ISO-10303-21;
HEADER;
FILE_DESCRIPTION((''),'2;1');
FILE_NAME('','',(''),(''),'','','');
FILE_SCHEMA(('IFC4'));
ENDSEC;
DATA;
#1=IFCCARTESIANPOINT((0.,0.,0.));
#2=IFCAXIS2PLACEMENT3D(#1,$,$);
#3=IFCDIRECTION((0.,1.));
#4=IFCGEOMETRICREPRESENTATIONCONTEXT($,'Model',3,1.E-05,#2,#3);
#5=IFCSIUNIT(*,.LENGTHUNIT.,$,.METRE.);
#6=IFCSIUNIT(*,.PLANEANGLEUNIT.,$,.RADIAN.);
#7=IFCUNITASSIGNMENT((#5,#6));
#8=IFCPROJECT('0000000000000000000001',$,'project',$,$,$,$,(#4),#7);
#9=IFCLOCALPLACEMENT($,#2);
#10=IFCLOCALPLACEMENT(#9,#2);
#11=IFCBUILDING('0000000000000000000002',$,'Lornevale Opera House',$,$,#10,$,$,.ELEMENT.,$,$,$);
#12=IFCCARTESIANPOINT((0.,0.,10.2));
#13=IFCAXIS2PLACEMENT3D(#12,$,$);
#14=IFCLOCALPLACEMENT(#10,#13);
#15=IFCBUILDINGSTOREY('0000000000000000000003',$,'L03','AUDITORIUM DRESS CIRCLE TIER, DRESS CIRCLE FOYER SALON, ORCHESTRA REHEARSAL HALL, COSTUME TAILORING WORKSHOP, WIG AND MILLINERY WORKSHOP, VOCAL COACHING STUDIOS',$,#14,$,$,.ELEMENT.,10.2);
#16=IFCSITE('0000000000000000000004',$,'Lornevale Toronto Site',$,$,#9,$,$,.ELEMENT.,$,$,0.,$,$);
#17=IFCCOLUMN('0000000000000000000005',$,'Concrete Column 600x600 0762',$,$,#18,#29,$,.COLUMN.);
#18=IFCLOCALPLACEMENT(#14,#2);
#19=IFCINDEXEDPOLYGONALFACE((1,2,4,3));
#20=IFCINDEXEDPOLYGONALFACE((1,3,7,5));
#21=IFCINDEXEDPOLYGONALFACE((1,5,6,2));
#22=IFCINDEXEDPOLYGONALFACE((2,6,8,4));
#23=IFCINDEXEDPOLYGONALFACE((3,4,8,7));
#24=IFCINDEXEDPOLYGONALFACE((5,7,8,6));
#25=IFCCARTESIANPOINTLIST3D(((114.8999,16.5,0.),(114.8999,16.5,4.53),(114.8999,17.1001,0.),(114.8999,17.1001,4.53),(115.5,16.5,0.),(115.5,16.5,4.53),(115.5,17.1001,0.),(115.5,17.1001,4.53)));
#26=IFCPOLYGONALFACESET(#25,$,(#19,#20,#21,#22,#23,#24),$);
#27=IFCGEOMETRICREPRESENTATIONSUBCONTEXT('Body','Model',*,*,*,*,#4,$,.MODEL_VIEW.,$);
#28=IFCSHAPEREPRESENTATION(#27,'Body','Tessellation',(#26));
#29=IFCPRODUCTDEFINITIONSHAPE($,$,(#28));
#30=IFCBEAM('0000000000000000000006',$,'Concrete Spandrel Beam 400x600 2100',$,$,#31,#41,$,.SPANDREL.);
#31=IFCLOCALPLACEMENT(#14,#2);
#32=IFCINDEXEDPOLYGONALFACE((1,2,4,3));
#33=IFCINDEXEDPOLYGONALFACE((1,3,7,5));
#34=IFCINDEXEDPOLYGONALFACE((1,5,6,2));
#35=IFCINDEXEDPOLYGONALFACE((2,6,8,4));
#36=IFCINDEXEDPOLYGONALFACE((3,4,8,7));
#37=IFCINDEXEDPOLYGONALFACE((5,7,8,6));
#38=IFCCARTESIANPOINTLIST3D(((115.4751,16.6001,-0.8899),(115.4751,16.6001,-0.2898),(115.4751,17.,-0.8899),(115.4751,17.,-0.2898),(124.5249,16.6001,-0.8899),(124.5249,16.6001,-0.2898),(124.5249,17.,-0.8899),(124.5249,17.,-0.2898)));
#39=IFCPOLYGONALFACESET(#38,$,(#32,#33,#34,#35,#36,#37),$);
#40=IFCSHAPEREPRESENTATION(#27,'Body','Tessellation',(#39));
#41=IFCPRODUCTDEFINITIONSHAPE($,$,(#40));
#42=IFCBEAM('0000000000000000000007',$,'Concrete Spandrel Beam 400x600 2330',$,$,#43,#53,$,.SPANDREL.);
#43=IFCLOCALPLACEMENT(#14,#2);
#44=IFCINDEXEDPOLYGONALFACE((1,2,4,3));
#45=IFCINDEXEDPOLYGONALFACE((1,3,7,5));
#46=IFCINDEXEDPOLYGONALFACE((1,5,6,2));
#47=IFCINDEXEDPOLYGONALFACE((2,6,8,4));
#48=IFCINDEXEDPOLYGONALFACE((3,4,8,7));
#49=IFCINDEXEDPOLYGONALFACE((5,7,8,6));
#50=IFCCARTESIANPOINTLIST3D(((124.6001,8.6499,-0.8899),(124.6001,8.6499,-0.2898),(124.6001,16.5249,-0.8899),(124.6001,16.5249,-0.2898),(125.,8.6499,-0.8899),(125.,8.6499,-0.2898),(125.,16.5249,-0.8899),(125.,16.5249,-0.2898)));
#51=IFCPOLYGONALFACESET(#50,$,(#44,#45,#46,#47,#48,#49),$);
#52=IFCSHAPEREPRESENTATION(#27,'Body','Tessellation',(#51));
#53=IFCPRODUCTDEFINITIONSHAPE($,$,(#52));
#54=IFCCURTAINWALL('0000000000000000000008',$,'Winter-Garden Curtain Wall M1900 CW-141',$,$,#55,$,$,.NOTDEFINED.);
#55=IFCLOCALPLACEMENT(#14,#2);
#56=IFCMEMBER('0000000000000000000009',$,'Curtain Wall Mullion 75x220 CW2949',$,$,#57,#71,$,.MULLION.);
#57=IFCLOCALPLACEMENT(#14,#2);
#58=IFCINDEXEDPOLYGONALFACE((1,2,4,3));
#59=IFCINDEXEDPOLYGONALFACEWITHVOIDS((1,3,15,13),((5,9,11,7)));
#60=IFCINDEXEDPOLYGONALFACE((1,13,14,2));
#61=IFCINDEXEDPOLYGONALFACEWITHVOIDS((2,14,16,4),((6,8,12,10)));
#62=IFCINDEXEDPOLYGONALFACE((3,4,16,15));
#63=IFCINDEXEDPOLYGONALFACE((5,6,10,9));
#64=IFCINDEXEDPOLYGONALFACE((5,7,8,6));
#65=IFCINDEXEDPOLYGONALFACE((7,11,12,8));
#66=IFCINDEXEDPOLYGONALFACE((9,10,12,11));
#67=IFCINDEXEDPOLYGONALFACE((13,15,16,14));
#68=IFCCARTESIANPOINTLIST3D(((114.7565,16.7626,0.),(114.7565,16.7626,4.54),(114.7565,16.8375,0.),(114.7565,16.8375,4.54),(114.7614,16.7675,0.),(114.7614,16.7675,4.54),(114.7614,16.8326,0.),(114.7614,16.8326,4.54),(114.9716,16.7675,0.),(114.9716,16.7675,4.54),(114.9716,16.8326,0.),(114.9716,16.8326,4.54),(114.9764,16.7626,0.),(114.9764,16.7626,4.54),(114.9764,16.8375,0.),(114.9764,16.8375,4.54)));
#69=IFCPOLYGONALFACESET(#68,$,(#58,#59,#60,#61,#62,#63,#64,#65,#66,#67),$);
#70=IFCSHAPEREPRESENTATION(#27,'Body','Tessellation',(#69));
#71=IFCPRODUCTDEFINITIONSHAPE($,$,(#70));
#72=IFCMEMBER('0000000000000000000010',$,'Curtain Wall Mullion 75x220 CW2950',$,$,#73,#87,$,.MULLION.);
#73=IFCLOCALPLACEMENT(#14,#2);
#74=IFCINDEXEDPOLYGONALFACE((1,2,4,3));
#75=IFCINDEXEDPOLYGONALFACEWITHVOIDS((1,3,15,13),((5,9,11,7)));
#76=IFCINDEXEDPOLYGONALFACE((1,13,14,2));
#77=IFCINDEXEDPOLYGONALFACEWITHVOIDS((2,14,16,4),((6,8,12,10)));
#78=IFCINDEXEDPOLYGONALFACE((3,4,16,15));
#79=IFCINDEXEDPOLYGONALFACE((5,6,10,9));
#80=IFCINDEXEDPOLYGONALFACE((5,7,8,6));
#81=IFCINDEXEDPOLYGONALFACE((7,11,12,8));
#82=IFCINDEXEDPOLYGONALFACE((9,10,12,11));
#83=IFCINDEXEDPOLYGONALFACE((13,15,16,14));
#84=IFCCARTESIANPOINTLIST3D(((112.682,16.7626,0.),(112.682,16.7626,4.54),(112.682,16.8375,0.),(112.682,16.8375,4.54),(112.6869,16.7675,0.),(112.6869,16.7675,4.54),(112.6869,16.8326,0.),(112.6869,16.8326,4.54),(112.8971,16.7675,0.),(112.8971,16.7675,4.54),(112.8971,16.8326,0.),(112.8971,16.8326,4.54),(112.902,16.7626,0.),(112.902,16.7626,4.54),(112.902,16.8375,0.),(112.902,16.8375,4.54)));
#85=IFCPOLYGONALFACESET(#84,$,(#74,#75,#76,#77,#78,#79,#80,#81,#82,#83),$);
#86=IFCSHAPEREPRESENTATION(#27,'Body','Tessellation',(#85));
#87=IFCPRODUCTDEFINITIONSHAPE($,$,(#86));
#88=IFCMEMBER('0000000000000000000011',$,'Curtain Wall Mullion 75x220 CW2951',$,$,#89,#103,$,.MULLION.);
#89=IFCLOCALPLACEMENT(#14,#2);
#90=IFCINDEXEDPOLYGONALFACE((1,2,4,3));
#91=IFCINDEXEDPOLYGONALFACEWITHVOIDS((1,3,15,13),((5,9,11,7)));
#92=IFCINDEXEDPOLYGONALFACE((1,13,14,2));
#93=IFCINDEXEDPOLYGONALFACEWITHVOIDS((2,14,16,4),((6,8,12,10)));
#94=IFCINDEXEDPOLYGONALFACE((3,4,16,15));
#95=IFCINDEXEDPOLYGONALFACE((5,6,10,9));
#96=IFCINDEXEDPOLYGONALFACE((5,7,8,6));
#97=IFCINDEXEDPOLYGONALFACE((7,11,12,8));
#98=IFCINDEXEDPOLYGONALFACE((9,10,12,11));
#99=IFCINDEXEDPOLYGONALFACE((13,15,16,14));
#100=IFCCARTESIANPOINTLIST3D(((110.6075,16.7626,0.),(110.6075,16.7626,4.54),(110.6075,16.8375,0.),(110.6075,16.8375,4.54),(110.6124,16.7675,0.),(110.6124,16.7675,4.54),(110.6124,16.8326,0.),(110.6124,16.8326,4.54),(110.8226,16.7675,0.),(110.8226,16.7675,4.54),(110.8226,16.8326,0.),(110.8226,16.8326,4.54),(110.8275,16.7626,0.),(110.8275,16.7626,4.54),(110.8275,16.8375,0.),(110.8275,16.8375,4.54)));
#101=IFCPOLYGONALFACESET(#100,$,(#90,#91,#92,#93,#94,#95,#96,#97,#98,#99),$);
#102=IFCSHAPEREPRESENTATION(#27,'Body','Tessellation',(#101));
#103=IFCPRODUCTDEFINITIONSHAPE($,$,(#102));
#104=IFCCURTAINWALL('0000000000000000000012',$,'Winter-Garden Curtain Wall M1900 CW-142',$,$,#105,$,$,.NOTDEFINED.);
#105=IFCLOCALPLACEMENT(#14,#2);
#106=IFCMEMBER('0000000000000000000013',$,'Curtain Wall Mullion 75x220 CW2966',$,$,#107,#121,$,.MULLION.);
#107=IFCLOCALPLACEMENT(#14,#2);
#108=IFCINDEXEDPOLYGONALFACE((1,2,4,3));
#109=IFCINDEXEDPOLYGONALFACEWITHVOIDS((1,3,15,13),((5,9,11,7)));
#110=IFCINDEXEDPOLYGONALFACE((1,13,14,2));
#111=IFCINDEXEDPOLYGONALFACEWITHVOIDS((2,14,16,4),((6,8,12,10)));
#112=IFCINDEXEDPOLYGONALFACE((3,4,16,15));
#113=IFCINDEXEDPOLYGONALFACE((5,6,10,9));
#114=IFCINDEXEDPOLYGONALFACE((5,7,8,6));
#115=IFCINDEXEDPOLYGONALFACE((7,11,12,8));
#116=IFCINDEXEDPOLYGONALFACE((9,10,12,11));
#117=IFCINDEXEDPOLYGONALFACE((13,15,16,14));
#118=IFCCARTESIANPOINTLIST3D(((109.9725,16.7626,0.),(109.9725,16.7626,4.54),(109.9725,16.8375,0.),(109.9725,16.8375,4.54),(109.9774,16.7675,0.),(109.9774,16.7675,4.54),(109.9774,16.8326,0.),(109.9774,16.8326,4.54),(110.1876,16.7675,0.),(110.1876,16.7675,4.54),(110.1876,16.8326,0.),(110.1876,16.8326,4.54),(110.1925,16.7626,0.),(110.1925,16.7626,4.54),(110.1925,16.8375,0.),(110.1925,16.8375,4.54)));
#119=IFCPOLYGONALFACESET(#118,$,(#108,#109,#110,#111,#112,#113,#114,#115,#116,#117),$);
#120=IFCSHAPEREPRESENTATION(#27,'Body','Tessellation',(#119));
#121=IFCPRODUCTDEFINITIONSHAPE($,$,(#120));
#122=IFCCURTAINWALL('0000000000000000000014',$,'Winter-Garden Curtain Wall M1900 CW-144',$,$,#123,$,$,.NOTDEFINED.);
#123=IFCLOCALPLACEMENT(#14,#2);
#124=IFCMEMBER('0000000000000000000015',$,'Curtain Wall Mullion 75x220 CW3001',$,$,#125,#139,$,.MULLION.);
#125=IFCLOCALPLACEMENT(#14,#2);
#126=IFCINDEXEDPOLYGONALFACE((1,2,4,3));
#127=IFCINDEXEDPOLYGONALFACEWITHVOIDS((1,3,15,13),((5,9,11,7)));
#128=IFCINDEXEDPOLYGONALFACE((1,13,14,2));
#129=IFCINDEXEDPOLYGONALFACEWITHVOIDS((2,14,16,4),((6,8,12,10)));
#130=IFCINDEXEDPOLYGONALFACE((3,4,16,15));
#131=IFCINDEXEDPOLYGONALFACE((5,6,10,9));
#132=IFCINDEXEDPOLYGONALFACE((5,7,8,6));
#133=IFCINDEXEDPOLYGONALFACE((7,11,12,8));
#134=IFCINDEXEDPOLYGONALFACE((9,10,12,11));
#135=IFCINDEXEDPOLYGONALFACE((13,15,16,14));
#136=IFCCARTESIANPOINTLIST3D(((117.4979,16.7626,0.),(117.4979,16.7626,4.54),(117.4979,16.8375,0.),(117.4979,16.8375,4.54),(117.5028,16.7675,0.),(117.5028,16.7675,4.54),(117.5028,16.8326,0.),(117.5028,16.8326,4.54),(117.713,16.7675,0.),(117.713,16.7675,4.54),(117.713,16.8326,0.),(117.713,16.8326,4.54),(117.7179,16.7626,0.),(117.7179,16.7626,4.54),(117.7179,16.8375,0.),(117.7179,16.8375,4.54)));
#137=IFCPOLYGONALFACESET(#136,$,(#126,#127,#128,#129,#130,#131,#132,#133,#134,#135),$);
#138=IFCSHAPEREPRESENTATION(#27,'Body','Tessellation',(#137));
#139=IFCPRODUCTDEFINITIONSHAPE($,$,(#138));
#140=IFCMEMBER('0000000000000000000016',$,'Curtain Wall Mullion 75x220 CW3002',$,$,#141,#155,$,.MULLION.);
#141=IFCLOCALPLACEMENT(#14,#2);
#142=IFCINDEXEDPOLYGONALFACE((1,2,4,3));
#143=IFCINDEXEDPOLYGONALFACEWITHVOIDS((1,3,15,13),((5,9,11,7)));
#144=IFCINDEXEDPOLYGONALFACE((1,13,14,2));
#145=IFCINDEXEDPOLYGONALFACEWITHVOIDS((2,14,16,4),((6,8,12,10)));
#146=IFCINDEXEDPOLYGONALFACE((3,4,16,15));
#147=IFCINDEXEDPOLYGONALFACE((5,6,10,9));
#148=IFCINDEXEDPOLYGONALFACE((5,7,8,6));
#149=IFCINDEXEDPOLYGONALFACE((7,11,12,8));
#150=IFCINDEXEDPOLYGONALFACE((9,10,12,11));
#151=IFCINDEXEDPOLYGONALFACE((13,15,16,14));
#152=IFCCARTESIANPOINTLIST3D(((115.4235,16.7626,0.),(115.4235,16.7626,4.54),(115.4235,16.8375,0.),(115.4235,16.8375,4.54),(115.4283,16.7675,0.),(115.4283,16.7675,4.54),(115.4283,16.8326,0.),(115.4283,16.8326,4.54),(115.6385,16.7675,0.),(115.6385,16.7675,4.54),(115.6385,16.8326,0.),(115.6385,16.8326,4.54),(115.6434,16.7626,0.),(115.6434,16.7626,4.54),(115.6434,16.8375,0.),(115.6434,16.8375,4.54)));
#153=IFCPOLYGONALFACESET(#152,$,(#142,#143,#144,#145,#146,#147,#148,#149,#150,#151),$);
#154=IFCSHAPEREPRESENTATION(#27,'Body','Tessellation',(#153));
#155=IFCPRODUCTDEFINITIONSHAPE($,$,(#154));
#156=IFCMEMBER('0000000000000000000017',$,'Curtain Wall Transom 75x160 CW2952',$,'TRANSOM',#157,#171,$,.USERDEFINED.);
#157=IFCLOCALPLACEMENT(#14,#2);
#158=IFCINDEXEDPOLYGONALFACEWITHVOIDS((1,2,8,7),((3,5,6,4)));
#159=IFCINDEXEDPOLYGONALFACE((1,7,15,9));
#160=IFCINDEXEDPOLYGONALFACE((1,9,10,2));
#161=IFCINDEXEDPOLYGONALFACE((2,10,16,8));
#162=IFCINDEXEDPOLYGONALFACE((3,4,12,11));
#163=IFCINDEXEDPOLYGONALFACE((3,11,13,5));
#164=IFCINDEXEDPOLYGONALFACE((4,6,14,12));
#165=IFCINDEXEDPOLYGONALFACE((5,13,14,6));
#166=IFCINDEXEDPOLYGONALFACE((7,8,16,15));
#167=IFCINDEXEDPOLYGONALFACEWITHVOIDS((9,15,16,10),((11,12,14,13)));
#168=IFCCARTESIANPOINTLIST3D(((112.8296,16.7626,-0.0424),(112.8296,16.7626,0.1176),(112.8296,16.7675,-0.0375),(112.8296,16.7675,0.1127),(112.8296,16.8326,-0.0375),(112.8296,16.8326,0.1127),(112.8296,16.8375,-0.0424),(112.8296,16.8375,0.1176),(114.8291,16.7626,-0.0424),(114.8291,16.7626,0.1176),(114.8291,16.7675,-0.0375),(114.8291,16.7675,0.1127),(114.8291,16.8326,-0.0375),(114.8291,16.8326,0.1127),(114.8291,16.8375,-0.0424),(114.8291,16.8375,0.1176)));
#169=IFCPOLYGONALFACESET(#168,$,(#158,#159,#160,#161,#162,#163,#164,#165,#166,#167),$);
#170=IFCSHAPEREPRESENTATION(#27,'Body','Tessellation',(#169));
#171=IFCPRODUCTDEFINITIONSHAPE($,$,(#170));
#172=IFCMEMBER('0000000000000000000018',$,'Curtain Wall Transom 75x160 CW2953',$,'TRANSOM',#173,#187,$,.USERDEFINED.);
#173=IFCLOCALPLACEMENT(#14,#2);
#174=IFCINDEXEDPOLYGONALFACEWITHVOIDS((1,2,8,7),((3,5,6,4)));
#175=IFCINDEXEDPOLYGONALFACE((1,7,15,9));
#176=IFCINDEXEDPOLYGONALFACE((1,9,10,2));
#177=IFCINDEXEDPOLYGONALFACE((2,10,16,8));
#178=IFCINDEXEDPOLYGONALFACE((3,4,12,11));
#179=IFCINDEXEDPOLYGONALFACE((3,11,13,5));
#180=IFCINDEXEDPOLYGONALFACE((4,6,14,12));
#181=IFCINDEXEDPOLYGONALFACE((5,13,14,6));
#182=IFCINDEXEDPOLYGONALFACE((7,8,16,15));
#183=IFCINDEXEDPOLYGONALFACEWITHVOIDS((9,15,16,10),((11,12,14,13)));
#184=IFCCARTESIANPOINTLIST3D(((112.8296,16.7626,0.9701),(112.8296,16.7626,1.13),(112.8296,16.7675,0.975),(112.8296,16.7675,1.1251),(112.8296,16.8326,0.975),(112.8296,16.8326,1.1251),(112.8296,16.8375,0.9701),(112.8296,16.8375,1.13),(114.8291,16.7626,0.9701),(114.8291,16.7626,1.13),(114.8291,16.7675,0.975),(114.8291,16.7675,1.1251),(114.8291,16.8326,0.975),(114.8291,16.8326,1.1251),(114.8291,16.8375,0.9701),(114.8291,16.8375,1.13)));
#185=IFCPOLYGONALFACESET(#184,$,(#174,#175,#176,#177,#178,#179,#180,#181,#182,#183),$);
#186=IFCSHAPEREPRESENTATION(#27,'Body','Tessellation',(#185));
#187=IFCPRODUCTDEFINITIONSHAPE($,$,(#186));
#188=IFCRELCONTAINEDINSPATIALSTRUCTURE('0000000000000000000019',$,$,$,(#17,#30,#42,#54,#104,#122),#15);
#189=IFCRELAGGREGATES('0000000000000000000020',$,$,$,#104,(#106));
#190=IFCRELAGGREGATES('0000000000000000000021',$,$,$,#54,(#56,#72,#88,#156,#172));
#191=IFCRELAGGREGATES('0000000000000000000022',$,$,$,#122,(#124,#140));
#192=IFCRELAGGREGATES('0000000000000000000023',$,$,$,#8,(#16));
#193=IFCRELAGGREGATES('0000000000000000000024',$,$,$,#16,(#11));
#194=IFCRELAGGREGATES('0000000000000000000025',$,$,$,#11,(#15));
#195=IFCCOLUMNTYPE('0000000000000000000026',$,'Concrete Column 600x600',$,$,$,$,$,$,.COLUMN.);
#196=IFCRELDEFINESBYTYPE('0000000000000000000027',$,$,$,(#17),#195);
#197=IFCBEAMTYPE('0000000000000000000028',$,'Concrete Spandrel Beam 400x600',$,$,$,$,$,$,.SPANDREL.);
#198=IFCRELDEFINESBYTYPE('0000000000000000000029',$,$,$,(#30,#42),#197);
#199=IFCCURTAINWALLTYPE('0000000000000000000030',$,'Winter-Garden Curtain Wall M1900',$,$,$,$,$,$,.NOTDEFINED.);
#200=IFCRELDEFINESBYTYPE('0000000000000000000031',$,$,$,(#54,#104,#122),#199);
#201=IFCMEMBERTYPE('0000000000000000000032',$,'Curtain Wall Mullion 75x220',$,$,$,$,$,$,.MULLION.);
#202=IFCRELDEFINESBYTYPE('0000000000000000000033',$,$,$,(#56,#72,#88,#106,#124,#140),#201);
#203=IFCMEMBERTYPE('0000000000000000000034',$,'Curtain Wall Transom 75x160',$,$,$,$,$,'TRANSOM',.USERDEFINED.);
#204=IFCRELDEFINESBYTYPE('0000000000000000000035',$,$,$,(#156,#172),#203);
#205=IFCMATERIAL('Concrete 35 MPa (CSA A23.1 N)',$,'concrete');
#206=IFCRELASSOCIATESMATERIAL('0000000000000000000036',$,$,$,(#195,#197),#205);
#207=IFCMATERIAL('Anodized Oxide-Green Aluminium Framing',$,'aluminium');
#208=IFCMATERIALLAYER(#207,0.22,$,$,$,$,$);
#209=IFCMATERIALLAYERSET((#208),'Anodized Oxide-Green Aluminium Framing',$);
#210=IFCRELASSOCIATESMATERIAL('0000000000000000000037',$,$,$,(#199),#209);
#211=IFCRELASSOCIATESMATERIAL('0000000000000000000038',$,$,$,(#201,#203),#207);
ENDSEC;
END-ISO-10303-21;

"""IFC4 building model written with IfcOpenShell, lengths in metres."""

from ifc_helpers import new_model, si_unit, direction, frame, origin, origin_2d, place, context, subcontext, project, spatial, rectangle, hollow_rectangle, extrude, material, layer, layer_set, material_profile, profile_set, type_object, element, aggregate, save


model = new_model("IFC4")

# Units and contexts
model_context = context("Model", 3, precision=1e-05, world=origin(), true_north=direction((0.0, 1.0)))
body_context = subcontext(model_context, "Body", "Model", "MODEL_VIEW")
ifc_project = project(units=[si_unit("LENGTHUNIT", "METRE"), si_unit("PLANEANGLEUNIT", "RADIAN")], contexts=[model_context])

# Site, building, storey
site_placement = place(None, origin())
site = spatial("IfcSite", under=ifc_project, at=site_placement, Name="Lornevale Toronto Site", CompositionType="ELEMENT", RefElevation=0.0)
building_placement = place(site_placement, origin())
building = spatial("IfcBuilding", under=site, at=building_placement, Name="Lornevale Opera House", CompositionType="ELEMENT")
storey_placement = place(building_placement, frame((0.0, 0.0, 10.2)))
storey = spatial("IfcBuildingStorey", under=building, at=storey_placement, Name="L03", Description="AUDITORIUM DRESS CIRCLE TIER, DRESS CIRCLE FOYER SALON, ORCHESTRA REHEARSAL HALL, COSTUME TAILORING WORKSHOP, WIG AND MILLINERY WORKSHOP, VOCAL COACHING STUDIOS", CompositionType="ELEMENT", Elevation=10.2)

# Column
ifc_material_1 = material(Name="Concrete 35 MPa (CSA A23.1 N)", Category="concrete")
ifc_material_profile_1 = material_profile(ifc_material_1, rectangle(XDim=0.6001, YDim=0.6001, at=origin_2d()), Name="RC600x600")
ifc_profile_set_1 = profile_set([ifc_material_profile_1], Name="Concrete 35 MPa (CSA A23.1 N)")
column_type = type_object("IfcColumnType", Name="Concrete Column 600x600", PredefinedType="COLUMN", material=ifc_profile_set_1)
column_placement = place(storey_placement, frame((115.2, 16.8, 0.0), z_axis=(0.0, 0.0, 1.0), x_axis=(1.0, 0.0, 0.0)))
element("IfcColumn", 1, at=column_placement, inside=storey, type_object=column_type, Name="Concrete Column 600x600 0762", PredefinedType="COLUMN", context=body_context, shape_type="SweptSolid", body=[
    extrude(rectangle(XDim=0.6001, YDim=0.6001, at=origin_2d()), origin(), (0.0, 0.0, 1.0), 4.53),
])

# Beams
ifc_material_profile_2 = material_profile(ifc_material_1, rectangle(XDim=0.3999, YDim=0.6001, at=origin_2d()), Name="RC400x600")
ifc_profile_set_2 = profile_set([ifc_material_profile_2], Name="Concrete 35 MPa (CSA A23.1 N)")
beam_type_1 = type_object("IfcBeamType", Name="Concrete Spandrel Beam 400x600", PredefinedType="SPANDREL", material=ifc_profile_set_2)
beam_1_placement = place(storey_placement, frame((115.4751, 16.8, -0.5898), z_axis=(1.0, 0.0, 0.0), x_axis=(0.0, 1.0, 0.0)))
element("IfcBeam", 2, at=beam_1_placement, inside=storey, type_object=beam_type_1, Name="Concrete Spandrel Beam 400x600 2100", PredefinedType="SPANDREL", context=body_context, shape_type="SweptSolid", body=[
    extrude(rectangle(XDim=0.3999, YDim=0.6001, at=origin_2d()), origin(), (0.0, 0.0, 1.0), 9.0498),
])
beam_2_placement = place(storey_placement, frame((124.8, 8.6499, -0.5898), z_axis=(0.0, 1.0, 0.0), x_axis=(-1.0, 0.0, 0.0)))
element("IfcBeam", 3, at=beam_2_placement, inside=storey, type_object=beam_type_1, Name="Concrete Spandrel Beam 400x600 2330", PredefinedType="SPANDREL", context=body_context, shape_type="SweptSolid", body=[
    extrude(rectangle(XDim=0.3999, YDim=0.6001, at=origin_2d()), origin(), (0.0, 0.0, 1.0), 7.875),
])

# Curtain wall, members
ifc_material_2 = material(Name="Anodized Oxide-Green Aluminium Framing", Category="aluminium")
ifc_layer_1 = layer(ifc_material_2, 0.22)
ifc_layer_set_1 = layer_set([ifc_layer_1], Name="Anodized Oxide-Green Aluminium Framing")
curtain_wall_type = type_object("IfcCurtainWallType", Name="Winter-Garden Curtain Wall M1900", PredefinedType="NOTDEFINED", material=ifc_layer_set_1)
curtain_wall_1_placement = place(storey_placement, origin())
curtain_wall_1 = element("IfcCurtainWall", 4, at=curtain_wall_1_placement, inside=storey, type_object=curtain_wall_type, Name="Winter-Garden Curtain Wall M1900 CW-141", PredefinedType="NOTDEFINED")
ifc_material_profile_3 = material_profile(ifc_material_2, hollow_rectangle(XDim=0.075, YDim=0.22, WallThickness=0.0049, at=origin_2d()), Name="ALU75x220x5")
ifc_profile_set_3 = profile_set([ifc_material_profile_3], Name="Anodized Oxide-Green Aluminium Framing")
member_type_1 = type_object("IfcMemberType", Name="Curtain Wall Mullion 75x220", PredefinedType="MULLION", material=ifc_profile_set_3)
member_1_placement = place(storey_placement, frame((114.8665, 16.8, 0.0), z_axis=(0.0, 0.0, 1.0), x_axis=(0.0, -1.0, 0.0)))
member_1 = element("IfcMember", 5, at=member_1_placement, type_object=member_type_1, Name="Curtain Wall Mullion 75x220 CW2949", PredefinedType="MULLION", context=body_context, shape_type="SweptSolid", body=[
    extrude(hollow_rectangle(XDim=0.075, YDim=0.22, WallThickness=0.0049, at=origin_2d()), origin(), (0.0, 0.0, 1.0), 4.54),
])
member_2_placement = place(storey_placement, frame((112.792, 16.8, 0.0), z_axis=(0.0, 0.0, 1.0), x_axis=(0.0, -1.0, 0.0)))
member_2 = element("IfcMember", 6, at=member_2_placement, type_object=member_type_1, Name="Curtain Wall Mullion 75x220 CW2950", PredefinedType="MULLION", context=body_context, shape_type="SweptSolid", body=[
    extrude(hollow_rectangle(XDim=0.075, YDim=0.22, WallThickness=0.0049, at=origin_2d()), origin(), (0.0, 0.0, 1.0), 4.54),
])
member_3_placement = place(storey_placement, frame((110.7175, 16.8, 0.0), z_axis=(0.0, 0.0, 1.0), x_axis=(0.0, -1.0, 0.0)))
member_3 = element("IfcMember", 7, at=member_3_placement, type_object=member_type_1, Name="Curtain Wall Mullion 75x220 CW2951", PredefinedType="MULLION", context=body_context, shape_type="SweptSolid", body=[
    extrude(hollow_rectangle(XDim=0.075, YDim=0.22, WallThickness=0.0049, at=origin_2d()), origin(), (0.0, 0.0, 1.0), 4.54),
])

# Curtain wall, member
curtain_wall_2_placement = place(storey_placement, origin())
curtain_wall_2 = element("IfcCurtainWall", 8, at=curtain_wall_2_placement, inside=storey, type_object=curtain_wall_type, Name="Winter-Garden Curtain Wall M1900 CW-142", PredefinedType="NOTDEFINED")
member_4_placement = place(storey_placement, frame((110.0825, 16.8, 0.0), z_axis=(0.0, 0.0, 1.0), x_axis=(0.0, -1.0, 0.0)))
member_4 = element("IfcMember", 9, at=member_4_placement, type_object=member_type_1, Name="Curtain Wall Mullion 75x220 CW2966", PredefinedType="MULLION", context=body_context, shape_type="SweptSolid", body=[
    extrude(hollow_rectangle(XDim=0.075, YDim=0.22, WallThickness=0.0049, at=origin_2d()), origin(), (0.0, 0.0, 1.0), 4.54),
])
aggregate(curtain_wall_2, [member_4])

# Curtain wall, members
curtain_wall_3_placement = place(storey_placement, origin())
curtain_wall_3 = element("IfcCurtainWall", 10, at=curtain_wall_3_placement, inside=storey, type_object=curtain_wall_type, Name="Winter-Garden Curtain Wall M1900 CW-144", PredefinedType="NOTDEFINED")
member_5_placement = place(storey_placement, frame((117.6079, 16.8, 0.0), z_axis=(0.0, 0.0, 1.0), x_axis=(0.0, -1.0, 0.0)))
member_5 = element("IfcMember", 11, at=member_5_placement, type_object=member_type_1, Name="Curtain Wall Mullion 75x220 CW3001", PredefinedType="MULLION", context=body_context, shape_type="SweptSolid", body=[
    extrude(hollow_rectangle(XDim=0.075, YDim=0.22, WallThickness=0.0049, at=origin_2d()), origin(), (0.0, 0.0, 1.0), 4.54),
])
member_6_placement = place(storey_placement, frame((115.5334, 16.8, 0.0), z_axis=(0.0, 0.0, 1.0), x_axis=(0.0, -1.0, 0.0)))
member_6 = element("IfcMember", 12, at=member_6_placement, type_object=member_type_1, Name="Curtain Wall Mullion 75x220 CW3002", PredefinedType="MULLION", context=body_context, shape_type="SweptSolid", body=[
    extrude(hollow_rectangle(XDim=0.075, YDim=0.22, WallThickness=0.0049, at=origin_2d()), origin(), (0.0, 0.0, 1.0), 4.54),
])

# Members
ifc_material_profile_4 = material_profile(ifc_material_2, hollow_rectangle(XDim=0.075, YDim=0.1599, WallThickness=0.0049, at=origin_2d()), Name="ALU75x160x5")
ifc_profile_set_4 = profile_set([ifc_material_profile_4], Name="Anodized Oxide-Green Aluminium Framing")
member_type_2 = type_object("IfcMemberType", Name="Curtain Wall Transom 75x160", ElementType="TRANSOM", PredefinedType="USERDEFINED", material=ifc_profile_set_4)
member_7_placement = place(storey_placement, frame((114.8291, 16.8, 0.0376), z_axis=(-1.0, 0.0, 0.0), x_axis=(0.0, -1.0, 0.0)))
member_7 = element("IfcMember", 13, at=member_7_placement, type_object=member_type_2, Name="Curtain Wall Transom 75x160 CW2952", ObjectType="TRANSOM", PredefinedType="USERDEFINED", context=body_context, shape_type="SweptSolid", body=[
    extrude(hollow_rectangle(XDim=0.075, YDim=0.1599, WallThickness=0.0049, at=origin_2d()), origin(), (0.0, 0.0, 1.0), 1.9995),
])
member_8_placement = place(storey_placement, frame((114.8291, 16.8, 1.05), z_axis=(-1.0, 0.0, 0.0), x_axis=(0.0, -1.0, 0.0)))
member_8 = element("IfcMember", 14, at=member_8_placement, type_object=member_type_2, Name="Curtain Wall Transom 75x160 CW2953", ObjectType="TRANSOM", PredefinedType="USERDEFINED", context=body_context, shape_type="SweptSolid", body=[
    extrude(hollow_rectangle(XDim=0.075, YDim=0.1599, WallThickness=0.0049, at=origin_2d()), origin(), (0.0, 0.0, 1.0), 1.9995),
])

aggregate(curtain_wall_1, [member_1, member_2, member_3, member_7, member_8])
aggregate(curtain_wall_3, [member_5, member_6])

save(model, "model.ifc")
